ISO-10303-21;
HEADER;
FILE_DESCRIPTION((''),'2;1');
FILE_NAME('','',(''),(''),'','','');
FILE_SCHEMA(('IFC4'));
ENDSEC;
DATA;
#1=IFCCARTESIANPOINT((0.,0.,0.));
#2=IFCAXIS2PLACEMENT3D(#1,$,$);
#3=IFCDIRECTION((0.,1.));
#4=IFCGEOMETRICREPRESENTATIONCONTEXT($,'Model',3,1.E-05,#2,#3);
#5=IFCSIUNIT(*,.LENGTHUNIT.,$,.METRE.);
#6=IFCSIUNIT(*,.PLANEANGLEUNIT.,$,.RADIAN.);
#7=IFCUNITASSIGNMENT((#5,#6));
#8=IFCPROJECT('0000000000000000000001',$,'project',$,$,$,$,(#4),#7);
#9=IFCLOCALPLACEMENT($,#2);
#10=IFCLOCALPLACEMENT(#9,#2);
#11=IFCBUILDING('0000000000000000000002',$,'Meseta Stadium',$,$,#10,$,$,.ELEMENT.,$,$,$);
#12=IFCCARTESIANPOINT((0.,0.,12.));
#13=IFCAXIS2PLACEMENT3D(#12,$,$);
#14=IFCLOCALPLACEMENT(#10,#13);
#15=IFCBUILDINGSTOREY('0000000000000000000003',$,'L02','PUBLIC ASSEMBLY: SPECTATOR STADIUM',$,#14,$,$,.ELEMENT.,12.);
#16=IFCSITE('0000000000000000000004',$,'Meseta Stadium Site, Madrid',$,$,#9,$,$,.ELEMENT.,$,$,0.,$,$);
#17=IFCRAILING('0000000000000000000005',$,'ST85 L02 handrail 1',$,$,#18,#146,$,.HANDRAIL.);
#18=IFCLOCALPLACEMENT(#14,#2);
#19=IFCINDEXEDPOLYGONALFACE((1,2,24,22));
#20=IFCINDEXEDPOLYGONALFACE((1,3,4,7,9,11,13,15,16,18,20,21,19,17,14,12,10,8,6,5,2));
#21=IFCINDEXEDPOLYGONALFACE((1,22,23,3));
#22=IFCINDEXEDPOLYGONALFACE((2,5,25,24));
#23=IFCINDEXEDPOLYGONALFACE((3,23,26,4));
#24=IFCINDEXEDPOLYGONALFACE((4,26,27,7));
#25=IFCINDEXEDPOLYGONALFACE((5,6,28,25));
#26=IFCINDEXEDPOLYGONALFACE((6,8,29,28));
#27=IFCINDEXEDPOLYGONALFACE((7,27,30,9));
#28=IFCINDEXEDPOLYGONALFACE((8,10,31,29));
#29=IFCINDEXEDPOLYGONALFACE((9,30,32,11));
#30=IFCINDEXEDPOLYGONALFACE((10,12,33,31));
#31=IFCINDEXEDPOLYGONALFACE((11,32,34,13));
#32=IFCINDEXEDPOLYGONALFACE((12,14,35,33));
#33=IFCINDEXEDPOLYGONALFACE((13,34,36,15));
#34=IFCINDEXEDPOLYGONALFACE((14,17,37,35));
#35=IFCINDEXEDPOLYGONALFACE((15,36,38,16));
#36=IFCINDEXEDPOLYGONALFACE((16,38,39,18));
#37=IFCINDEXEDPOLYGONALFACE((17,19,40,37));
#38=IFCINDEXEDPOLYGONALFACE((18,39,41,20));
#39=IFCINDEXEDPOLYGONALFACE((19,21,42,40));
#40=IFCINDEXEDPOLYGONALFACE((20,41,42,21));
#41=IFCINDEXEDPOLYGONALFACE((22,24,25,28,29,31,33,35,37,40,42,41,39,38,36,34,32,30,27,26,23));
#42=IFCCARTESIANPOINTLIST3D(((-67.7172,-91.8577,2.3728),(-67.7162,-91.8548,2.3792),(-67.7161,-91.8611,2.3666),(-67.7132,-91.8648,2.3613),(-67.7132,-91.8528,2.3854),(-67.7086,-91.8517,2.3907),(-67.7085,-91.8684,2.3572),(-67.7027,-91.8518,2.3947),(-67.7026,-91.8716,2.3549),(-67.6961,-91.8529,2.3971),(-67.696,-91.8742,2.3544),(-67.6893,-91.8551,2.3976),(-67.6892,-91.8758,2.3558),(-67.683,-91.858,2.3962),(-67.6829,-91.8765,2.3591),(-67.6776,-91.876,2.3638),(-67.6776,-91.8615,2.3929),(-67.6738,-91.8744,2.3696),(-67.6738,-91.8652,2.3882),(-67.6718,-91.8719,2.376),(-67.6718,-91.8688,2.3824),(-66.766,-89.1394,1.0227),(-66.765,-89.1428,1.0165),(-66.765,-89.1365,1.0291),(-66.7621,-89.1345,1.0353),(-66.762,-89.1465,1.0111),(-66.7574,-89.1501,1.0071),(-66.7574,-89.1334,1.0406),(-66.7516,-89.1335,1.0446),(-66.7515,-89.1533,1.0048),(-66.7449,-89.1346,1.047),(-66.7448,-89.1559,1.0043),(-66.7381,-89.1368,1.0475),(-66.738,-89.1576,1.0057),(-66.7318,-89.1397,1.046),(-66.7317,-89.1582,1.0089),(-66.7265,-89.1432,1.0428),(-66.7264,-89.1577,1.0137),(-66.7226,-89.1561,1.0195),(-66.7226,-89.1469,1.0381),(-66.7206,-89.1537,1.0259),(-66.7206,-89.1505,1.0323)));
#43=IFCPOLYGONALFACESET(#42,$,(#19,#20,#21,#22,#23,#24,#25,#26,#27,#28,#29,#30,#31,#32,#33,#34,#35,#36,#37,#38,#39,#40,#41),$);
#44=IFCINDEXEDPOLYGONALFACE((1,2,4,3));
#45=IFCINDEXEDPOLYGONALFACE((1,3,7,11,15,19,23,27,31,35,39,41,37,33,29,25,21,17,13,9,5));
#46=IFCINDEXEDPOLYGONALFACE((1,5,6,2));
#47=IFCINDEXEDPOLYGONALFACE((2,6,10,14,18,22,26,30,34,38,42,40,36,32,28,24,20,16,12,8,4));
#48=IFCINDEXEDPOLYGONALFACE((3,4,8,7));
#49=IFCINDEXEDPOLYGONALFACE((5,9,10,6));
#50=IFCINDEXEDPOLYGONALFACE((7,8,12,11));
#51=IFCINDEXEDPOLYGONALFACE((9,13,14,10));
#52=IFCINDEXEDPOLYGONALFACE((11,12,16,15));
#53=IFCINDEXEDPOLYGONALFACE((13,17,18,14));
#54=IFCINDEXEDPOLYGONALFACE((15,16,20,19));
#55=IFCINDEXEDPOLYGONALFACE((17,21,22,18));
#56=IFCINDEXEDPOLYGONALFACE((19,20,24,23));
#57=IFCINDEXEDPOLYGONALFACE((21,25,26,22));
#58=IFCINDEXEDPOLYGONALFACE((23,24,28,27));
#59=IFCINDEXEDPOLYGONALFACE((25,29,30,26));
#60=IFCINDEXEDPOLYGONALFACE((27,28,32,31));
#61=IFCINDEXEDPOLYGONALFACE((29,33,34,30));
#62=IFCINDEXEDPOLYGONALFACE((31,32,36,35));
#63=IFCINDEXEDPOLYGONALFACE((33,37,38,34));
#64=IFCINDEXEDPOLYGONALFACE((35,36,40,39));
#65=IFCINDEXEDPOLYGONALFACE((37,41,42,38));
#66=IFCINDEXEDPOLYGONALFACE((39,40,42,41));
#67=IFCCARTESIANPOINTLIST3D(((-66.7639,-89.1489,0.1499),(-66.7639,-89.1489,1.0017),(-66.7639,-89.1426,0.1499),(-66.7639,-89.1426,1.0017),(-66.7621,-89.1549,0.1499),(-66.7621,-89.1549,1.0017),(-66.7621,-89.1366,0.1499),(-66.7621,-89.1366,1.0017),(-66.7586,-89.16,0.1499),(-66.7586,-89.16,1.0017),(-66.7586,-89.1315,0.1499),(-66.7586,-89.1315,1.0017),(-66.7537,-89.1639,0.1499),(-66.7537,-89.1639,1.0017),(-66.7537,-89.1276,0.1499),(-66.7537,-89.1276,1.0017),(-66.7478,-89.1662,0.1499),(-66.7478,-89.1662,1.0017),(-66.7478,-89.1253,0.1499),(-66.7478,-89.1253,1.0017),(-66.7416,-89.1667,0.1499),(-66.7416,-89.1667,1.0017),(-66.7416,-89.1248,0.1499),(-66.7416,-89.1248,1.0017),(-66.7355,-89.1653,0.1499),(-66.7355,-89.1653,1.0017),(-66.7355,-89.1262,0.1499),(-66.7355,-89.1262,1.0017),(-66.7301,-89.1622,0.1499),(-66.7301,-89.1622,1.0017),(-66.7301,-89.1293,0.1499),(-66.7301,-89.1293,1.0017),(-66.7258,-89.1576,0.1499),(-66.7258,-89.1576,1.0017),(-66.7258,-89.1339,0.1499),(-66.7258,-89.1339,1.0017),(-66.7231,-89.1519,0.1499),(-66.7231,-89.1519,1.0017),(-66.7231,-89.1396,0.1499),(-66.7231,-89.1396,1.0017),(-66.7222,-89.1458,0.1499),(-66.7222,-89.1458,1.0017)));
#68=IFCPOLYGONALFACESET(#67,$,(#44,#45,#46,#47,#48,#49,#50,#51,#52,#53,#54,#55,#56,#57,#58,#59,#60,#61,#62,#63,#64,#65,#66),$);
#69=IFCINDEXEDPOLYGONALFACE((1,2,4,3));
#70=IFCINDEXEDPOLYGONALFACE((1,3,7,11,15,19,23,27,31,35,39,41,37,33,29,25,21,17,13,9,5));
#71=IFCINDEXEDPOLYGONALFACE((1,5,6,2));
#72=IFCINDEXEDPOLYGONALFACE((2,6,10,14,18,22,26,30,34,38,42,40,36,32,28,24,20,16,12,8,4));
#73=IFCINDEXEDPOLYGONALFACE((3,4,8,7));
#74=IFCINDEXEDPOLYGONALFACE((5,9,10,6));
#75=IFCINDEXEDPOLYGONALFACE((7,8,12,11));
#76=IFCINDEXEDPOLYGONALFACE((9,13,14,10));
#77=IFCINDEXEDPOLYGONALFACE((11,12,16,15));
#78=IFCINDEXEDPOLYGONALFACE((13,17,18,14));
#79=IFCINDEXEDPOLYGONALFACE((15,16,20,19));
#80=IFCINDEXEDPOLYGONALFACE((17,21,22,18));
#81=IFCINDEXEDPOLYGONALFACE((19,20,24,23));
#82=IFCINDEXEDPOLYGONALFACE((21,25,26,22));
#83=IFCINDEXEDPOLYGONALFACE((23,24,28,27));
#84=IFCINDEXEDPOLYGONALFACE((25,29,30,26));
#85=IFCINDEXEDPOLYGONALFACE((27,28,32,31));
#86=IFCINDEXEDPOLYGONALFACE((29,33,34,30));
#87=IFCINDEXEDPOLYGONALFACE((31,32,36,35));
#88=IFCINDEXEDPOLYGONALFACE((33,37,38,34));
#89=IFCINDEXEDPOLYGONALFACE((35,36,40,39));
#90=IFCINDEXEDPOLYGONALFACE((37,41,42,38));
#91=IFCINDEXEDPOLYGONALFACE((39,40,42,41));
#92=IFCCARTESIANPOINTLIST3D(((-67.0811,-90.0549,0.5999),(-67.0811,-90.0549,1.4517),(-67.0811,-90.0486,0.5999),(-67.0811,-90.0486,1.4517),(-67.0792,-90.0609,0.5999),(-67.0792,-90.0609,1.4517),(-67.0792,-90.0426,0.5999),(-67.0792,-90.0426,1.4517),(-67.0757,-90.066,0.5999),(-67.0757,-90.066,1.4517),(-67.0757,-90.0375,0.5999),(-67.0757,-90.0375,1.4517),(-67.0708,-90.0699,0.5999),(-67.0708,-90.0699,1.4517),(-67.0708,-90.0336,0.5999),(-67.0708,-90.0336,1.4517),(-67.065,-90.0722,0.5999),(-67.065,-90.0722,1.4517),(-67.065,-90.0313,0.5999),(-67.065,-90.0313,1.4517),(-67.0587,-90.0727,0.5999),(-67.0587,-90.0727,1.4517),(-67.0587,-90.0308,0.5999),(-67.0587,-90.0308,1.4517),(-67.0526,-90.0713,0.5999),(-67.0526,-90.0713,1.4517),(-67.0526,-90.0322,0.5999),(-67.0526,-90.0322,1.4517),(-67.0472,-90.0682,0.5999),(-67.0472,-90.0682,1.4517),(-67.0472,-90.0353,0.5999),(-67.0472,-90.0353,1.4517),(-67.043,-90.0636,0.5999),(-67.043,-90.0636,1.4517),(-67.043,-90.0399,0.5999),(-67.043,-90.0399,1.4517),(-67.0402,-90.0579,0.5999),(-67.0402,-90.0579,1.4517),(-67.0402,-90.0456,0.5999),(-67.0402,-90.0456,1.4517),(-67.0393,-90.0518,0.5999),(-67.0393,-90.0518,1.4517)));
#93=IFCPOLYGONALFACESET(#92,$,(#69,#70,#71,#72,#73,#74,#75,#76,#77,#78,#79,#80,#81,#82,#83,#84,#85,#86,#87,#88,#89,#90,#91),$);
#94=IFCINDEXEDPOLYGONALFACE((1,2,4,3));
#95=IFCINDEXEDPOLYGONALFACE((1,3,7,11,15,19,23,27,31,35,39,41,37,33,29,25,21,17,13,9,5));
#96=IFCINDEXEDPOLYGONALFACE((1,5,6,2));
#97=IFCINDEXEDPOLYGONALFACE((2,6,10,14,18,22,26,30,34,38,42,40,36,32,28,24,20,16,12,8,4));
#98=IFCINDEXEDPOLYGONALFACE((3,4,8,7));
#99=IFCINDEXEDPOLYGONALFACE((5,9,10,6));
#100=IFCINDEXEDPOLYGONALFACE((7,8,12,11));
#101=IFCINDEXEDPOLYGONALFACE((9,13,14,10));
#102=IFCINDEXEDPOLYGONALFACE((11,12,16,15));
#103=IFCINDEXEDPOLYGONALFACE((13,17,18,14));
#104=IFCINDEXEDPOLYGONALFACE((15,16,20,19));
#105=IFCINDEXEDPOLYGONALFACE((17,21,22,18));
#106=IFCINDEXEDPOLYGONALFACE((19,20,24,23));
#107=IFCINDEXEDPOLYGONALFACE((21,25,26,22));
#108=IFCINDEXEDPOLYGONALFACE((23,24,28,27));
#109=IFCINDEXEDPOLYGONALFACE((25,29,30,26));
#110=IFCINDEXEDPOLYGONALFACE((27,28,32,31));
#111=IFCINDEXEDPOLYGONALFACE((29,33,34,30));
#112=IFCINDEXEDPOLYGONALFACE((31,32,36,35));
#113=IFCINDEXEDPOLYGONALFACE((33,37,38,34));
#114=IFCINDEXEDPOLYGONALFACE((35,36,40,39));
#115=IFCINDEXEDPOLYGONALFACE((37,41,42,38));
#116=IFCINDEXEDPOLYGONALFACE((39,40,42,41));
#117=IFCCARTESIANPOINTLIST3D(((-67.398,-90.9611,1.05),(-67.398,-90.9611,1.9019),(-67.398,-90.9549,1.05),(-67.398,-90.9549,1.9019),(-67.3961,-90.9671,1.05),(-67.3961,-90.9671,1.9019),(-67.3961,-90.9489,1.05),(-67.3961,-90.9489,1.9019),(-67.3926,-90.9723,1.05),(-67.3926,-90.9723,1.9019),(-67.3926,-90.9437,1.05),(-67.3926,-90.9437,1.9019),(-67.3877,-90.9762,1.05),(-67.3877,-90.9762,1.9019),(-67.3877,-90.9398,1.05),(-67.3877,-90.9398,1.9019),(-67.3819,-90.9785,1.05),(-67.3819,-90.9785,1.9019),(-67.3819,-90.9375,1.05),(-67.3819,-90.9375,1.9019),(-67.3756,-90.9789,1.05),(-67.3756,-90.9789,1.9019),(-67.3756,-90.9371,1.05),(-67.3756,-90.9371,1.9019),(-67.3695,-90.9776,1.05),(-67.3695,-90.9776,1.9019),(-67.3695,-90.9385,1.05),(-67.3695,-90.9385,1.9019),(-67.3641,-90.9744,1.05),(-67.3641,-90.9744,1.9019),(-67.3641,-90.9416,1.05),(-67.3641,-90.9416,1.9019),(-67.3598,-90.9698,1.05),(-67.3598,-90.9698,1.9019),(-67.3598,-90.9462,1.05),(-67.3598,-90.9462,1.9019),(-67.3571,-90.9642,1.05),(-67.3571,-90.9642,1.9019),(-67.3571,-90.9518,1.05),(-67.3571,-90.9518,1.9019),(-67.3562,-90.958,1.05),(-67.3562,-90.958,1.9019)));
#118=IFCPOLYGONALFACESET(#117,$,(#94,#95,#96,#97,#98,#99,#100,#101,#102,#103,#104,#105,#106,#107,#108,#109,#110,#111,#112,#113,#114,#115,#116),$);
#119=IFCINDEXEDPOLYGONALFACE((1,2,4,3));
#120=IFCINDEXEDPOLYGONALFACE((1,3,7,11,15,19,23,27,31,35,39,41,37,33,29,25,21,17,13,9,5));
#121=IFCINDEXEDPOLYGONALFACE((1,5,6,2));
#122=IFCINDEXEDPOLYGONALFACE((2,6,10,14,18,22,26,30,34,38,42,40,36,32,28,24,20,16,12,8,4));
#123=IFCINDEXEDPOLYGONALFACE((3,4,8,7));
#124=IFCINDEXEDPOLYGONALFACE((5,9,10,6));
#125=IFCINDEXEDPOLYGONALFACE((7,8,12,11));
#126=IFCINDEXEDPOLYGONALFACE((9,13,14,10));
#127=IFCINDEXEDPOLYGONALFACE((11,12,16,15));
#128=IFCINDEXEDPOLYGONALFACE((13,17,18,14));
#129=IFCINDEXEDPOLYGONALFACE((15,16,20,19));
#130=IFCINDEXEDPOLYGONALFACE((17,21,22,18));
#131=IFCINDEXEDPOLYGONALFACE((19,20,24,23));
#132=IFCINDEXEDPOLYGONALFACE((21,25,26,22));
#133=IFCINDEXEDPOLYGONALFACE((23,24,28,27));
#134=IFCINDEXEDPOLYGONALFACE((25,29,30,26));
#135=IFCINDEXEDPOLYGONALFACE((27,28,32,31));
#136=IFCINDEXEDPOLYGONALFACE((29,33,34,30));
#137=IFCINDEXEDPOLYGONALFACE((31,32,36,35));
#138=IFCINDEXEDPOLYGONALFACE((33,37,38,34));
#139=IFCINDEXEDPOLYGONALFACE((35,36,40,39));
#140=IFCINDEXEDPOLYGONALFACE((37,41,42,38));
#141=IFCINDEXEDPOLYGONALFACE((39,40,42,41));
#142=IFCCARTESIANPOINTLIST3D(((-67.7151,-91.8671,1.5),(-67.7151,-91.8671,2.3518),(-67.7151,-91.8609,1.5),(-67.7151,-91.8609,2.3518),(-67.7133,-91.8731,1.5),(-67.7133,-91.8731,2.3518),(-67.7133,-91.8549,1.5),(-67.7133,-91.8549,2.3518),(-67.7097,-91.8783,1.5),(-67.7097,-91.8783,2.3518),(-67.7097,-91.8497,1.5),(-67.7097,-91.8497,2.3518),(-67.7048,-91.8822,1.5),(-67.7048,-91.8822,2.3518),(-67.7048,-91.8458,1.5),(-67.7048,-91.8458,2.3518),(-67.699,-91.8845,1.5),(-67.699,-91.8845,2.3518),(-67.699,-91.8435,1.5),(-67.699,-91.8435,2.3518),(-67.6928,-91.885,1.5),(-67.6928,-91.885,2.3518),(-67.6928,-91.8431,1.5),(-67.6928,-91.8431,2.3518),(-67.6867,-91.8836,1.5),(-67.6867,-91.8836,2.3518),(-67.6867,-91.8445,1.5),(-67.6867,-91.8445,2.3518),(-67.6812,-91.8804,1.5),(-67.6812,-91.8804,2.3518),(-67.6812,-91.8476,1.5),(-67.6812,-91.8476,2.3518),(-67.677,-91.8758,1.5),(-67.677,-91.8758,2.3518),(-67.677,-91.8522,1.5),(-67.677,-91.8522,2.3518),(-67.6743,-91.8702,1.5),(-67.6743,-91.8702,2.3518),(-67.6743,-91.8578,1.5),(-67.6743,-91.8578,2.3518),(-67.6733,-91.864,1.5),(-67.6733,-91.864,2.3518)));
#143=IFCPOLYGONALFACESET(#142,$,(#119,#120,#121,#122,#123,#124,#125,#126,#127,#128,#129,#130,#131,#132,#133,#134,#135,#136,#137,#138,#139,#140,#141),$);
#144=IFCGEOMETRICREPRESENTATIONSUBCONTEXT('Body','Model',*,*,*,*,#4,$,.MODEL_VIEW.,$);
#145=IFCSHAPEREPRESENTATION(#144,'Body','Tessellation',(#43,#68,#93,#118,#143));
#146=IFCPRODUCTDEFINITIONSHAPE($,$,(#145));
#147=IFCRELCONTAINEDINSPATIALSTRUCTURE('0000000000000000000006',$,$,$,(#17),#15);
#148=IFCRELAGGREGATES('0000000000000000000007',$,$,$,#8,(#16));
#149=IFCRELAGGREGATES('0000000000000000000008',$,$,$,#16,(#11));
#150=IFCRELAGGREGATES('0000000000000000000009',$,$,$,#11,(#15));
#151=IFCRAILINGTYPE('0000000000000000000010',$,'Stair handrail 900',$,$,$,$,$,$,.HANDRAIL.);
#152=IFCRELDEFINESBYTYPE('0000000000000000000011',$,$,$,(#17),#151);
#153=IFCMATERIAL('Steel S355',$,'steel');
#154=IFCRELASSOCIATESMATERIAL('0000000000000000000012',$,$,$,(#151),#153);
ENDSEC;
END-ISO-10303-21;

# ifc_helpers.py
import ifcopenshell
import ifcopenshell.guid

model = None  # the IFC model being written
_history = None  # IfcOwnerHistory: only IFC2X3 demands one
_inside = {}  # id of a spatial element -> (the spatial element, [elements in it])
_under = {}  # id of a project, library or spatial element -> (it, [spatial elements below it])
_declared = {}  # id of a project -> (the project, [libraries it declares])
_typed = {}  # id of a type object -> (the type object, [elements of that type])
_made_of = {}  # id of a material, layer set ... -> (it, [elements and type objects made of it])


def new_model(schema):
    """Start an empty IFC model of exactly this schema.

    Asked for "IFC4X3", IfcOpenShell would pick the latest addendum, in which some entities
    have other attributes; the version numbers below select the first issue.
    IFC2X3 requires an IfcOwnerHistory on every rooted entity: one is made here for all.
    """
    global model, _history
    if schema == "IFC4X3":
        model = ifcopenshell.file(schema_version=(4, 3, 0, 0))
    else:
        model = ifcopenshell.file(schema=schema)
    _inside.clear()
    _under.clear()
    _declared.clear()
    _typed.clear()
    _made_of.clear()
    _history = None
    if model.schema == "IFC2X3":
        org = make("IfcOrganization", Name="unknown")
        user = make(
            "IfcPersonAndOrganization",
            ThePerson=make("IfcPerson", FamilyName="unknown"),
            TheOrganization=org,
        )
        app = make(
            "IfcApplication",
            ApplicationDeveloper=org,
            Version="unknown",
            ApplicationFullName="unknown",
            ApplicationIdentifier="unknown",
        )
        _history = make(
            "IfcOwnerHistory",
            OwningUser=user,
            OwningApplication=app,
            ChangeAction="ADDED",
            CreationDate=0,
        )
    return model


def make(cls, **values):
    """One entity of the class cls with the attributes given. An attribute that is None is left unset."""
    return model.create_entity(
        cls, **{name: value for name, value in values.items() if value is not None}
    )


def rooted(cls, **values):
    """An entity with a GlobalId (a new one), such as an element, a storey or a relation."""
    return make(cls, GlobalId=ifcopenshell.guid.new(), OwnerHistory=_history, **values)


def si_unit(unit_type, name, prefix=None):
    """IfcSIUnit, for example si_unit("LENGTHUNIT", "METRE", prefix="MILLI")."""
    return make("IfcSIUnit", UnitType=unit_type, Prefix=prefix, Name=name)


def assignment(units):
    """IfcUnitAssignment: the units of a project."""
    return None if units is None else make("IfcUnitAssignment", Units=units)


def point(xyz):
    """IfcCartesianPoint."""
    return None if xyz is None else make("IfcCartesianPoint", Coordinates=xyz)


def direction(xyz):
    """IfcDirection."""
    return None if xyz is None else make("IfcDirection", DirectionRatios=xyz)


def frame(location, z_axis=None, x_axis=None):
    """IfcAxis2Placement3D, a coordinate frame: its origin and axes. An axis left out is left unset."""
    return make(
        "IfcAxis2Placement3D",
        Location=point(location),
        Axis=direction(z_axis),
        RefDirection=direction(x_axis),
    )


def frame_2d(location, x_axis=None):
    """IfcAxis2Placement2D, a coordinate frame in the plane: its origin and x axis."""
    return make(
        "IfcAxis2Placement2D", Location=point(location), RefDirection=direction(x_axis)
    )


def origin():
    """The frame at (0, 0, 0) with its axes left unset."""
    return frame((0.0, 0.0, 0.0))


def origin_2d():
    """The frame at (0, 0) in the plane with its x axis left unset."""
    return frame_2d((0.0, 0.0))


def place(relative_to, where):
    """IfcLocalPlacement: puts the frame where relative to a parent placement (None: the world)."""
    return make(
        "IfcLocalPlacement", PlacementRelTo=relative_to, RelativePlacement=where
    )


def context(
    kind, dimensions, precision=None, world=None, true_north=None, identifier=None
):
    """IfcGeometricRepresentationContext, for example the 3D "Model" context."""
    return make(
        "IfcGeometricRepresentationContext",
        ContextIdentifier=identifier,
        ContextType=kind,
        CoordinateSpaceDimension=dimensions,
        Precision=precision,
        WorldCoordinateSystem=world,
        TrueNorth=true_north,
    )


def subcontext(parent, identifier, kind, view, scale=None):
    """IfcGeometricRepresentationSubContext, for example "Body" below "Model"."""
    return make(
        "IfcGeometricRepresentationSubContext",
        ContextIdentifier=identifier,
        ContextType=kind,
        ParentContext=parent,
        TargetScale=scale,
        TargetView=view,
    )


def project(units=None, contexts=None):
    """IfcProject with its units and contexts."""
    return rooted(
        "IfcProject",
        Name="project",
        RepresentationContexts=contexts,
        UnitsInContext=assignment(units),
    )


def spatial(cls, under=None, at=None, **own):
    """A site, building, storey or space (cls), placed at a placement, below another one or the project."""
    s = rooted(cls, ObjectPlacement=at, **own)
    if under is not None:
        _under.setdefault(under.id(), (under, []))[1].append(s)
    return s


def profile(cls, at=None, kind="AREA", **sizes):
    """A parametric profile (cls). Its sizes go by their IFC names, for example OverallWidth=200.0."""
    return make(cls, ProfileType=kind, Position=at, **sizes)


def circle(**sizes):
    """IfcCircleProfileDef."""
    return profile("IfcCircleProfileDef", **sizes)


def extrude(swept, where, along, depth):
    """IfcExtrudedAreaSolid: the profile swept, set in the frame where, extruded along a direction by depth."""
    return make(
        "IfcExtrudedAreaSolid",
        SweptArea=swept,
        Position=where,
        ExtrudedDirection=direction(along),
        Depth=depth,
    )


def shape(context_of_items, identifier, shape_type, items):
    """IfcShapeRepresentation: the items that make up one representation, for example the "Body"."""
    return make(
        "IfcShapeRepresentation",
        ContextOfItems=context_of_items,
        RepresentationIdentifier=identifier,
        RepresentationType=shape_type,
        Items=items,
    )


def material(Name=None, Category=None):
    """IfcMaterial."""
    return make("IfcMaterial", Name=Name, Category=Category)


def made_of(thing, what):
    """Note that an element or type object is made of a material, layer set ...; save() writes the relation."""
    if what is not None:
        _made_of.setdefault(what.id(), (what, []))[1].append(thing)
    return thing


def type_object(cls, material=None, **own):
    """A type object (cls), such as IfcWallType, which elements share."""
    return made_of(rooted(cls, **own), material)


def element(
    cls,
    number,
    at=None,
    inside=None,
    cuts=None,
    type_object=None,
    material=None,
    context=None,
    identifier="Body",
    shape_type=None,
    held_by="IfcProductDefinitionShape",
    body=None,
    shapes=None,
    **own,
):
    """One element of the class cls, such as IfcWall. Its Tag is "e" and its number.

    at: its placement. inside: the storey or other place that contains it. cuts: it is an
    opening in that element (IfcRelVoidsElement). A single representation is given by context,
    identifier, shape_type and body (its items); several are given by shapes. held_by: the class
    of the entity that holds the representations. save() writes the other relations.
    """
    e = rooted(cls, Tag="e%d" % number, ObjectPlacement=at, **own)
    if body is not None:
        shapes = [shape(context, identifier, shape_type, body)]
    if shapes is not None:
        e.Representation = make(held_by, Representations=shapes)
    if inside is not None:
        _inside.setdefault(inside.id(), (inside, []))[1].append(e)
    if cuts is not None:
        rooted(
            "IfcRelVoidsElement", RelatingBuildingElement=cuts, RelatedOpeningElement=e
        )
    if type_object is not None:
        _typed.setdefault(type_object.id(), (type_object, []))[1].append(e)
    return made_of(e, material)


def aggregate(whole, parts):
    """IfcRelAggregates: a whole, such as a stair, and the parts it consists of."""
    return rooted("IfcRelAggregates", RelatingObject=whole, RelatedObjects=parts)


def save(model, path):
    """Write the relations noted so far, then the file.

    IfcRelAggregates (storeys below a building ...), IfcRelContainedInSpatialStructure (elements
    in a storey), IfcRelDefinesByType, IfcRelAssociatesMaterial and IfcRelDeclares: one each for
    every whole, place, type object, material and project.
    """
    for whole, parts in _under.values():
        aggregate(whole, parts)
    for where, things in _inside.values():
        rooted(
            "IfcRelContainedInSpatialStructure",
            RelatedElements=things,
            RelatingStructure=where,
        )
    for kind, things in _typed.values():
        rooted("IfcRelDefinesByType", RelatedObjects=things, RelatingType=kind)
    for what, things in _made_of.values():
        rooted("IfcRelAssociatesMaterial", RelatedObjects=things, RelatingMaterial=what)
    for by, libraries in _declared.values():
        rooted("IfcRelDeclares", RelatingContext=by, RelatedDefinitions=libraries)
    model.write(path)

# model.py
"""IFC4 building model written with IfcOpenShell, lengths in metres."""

from ifc_helpers import new_model, si_unit, direction, frame, origin, origin_2d, place, context, subcontext, project, spatial, circle, extrude, material, type_object, element, save


model = new_model("IFC4")

# Units and contexts
model_context = context("Model", 3, precision=1e-05, world=origin(), true_north=direction((0.0, 1.0)))
body_context = subcontext(model_context, "Body", "Model", "MODEL_VIEW")
ifc_project = project(units=[si_unit("LENGTHUNIT", "METRE"), si_unit("PLANEANGLEUNIT", "RADIAN")], contexts=[model_context])

# Site, building, storey
site_placement = place(None, origin())
site = spatial("IfcSite", under=ifc_project, at=site_placement, Name="Meseta Stadium Site, Madrid", CompositionType="ELEMENT", RefElevation=0.0)
building_placement = place(site_placement, origin())
building = spatial("IfcBuilding", under=site, at=building_placement, Name="Meseta Stadium", CompositionType="ELEMENT")
storey_placement = place(building_placement, frame((0.0, 0.0, 12.0)))
storey = spatial("IfcBuildingStorey", under=building, at=storey_placement, Name="L02", Description="PUBLIC ASSEMBLY: SPECTATOR STADIUM", CompositionType="ELEMENT", Elevation=12.0)

# Railing
ifc_material_1 = material(Name="Steel S355", Category="steel")
railing_type_1 = type_object("IfcRailingType", Name="Stair handrail 900", PredefinedType="HANDRAIL", material=ifc_material_1)
for number, where, name in (
    (1, (-66.7432, -89.1458, 0.1499), "ST85 L02 handrail 1"),
):
    element("IfcRailing", number, at=place(storey_placement, frame(where)), inside=storey, type_object=railing_type_1, Name=name, PredefinedType="HANDRAIL", context=body_context, shape_type="SweptSolid", body=[
        extrude(circle(Radius=0.0239, at=origin_2d()), frame((0.0, 0.0, 0.876), z_axis=(-0.299051, -0.854629, 0.424474), x_axis=(0.943882, -0.330282, 0.0)), (0.0, 0.0, 1.0), 3.1807),
        extrude(circle(Radius=0.021, at=origin_2d()), origin(), (0.0, 0.0, 1.0), 0.8518),
        extrude(circle(Radius=0.021, at=origin_2d()), frame((-0.3171, -0.906, 0.45)), (0.0, 0.0, 1.0), 0.8518),
        extrude(circle(Radius=0.021, at=origin_2d()), frame((-0.634, -1.8123, 0.9001)), (0.0, 0.0, 1.0), 0.8518),
        extrude(circle(Radius=0.021, at=origin_2d()), frame((-0.9512, -2.7183, 1.3501)), (0.0, 0.0, 1.0), 0.8518),
    ])

save(model, "model.ifc")
